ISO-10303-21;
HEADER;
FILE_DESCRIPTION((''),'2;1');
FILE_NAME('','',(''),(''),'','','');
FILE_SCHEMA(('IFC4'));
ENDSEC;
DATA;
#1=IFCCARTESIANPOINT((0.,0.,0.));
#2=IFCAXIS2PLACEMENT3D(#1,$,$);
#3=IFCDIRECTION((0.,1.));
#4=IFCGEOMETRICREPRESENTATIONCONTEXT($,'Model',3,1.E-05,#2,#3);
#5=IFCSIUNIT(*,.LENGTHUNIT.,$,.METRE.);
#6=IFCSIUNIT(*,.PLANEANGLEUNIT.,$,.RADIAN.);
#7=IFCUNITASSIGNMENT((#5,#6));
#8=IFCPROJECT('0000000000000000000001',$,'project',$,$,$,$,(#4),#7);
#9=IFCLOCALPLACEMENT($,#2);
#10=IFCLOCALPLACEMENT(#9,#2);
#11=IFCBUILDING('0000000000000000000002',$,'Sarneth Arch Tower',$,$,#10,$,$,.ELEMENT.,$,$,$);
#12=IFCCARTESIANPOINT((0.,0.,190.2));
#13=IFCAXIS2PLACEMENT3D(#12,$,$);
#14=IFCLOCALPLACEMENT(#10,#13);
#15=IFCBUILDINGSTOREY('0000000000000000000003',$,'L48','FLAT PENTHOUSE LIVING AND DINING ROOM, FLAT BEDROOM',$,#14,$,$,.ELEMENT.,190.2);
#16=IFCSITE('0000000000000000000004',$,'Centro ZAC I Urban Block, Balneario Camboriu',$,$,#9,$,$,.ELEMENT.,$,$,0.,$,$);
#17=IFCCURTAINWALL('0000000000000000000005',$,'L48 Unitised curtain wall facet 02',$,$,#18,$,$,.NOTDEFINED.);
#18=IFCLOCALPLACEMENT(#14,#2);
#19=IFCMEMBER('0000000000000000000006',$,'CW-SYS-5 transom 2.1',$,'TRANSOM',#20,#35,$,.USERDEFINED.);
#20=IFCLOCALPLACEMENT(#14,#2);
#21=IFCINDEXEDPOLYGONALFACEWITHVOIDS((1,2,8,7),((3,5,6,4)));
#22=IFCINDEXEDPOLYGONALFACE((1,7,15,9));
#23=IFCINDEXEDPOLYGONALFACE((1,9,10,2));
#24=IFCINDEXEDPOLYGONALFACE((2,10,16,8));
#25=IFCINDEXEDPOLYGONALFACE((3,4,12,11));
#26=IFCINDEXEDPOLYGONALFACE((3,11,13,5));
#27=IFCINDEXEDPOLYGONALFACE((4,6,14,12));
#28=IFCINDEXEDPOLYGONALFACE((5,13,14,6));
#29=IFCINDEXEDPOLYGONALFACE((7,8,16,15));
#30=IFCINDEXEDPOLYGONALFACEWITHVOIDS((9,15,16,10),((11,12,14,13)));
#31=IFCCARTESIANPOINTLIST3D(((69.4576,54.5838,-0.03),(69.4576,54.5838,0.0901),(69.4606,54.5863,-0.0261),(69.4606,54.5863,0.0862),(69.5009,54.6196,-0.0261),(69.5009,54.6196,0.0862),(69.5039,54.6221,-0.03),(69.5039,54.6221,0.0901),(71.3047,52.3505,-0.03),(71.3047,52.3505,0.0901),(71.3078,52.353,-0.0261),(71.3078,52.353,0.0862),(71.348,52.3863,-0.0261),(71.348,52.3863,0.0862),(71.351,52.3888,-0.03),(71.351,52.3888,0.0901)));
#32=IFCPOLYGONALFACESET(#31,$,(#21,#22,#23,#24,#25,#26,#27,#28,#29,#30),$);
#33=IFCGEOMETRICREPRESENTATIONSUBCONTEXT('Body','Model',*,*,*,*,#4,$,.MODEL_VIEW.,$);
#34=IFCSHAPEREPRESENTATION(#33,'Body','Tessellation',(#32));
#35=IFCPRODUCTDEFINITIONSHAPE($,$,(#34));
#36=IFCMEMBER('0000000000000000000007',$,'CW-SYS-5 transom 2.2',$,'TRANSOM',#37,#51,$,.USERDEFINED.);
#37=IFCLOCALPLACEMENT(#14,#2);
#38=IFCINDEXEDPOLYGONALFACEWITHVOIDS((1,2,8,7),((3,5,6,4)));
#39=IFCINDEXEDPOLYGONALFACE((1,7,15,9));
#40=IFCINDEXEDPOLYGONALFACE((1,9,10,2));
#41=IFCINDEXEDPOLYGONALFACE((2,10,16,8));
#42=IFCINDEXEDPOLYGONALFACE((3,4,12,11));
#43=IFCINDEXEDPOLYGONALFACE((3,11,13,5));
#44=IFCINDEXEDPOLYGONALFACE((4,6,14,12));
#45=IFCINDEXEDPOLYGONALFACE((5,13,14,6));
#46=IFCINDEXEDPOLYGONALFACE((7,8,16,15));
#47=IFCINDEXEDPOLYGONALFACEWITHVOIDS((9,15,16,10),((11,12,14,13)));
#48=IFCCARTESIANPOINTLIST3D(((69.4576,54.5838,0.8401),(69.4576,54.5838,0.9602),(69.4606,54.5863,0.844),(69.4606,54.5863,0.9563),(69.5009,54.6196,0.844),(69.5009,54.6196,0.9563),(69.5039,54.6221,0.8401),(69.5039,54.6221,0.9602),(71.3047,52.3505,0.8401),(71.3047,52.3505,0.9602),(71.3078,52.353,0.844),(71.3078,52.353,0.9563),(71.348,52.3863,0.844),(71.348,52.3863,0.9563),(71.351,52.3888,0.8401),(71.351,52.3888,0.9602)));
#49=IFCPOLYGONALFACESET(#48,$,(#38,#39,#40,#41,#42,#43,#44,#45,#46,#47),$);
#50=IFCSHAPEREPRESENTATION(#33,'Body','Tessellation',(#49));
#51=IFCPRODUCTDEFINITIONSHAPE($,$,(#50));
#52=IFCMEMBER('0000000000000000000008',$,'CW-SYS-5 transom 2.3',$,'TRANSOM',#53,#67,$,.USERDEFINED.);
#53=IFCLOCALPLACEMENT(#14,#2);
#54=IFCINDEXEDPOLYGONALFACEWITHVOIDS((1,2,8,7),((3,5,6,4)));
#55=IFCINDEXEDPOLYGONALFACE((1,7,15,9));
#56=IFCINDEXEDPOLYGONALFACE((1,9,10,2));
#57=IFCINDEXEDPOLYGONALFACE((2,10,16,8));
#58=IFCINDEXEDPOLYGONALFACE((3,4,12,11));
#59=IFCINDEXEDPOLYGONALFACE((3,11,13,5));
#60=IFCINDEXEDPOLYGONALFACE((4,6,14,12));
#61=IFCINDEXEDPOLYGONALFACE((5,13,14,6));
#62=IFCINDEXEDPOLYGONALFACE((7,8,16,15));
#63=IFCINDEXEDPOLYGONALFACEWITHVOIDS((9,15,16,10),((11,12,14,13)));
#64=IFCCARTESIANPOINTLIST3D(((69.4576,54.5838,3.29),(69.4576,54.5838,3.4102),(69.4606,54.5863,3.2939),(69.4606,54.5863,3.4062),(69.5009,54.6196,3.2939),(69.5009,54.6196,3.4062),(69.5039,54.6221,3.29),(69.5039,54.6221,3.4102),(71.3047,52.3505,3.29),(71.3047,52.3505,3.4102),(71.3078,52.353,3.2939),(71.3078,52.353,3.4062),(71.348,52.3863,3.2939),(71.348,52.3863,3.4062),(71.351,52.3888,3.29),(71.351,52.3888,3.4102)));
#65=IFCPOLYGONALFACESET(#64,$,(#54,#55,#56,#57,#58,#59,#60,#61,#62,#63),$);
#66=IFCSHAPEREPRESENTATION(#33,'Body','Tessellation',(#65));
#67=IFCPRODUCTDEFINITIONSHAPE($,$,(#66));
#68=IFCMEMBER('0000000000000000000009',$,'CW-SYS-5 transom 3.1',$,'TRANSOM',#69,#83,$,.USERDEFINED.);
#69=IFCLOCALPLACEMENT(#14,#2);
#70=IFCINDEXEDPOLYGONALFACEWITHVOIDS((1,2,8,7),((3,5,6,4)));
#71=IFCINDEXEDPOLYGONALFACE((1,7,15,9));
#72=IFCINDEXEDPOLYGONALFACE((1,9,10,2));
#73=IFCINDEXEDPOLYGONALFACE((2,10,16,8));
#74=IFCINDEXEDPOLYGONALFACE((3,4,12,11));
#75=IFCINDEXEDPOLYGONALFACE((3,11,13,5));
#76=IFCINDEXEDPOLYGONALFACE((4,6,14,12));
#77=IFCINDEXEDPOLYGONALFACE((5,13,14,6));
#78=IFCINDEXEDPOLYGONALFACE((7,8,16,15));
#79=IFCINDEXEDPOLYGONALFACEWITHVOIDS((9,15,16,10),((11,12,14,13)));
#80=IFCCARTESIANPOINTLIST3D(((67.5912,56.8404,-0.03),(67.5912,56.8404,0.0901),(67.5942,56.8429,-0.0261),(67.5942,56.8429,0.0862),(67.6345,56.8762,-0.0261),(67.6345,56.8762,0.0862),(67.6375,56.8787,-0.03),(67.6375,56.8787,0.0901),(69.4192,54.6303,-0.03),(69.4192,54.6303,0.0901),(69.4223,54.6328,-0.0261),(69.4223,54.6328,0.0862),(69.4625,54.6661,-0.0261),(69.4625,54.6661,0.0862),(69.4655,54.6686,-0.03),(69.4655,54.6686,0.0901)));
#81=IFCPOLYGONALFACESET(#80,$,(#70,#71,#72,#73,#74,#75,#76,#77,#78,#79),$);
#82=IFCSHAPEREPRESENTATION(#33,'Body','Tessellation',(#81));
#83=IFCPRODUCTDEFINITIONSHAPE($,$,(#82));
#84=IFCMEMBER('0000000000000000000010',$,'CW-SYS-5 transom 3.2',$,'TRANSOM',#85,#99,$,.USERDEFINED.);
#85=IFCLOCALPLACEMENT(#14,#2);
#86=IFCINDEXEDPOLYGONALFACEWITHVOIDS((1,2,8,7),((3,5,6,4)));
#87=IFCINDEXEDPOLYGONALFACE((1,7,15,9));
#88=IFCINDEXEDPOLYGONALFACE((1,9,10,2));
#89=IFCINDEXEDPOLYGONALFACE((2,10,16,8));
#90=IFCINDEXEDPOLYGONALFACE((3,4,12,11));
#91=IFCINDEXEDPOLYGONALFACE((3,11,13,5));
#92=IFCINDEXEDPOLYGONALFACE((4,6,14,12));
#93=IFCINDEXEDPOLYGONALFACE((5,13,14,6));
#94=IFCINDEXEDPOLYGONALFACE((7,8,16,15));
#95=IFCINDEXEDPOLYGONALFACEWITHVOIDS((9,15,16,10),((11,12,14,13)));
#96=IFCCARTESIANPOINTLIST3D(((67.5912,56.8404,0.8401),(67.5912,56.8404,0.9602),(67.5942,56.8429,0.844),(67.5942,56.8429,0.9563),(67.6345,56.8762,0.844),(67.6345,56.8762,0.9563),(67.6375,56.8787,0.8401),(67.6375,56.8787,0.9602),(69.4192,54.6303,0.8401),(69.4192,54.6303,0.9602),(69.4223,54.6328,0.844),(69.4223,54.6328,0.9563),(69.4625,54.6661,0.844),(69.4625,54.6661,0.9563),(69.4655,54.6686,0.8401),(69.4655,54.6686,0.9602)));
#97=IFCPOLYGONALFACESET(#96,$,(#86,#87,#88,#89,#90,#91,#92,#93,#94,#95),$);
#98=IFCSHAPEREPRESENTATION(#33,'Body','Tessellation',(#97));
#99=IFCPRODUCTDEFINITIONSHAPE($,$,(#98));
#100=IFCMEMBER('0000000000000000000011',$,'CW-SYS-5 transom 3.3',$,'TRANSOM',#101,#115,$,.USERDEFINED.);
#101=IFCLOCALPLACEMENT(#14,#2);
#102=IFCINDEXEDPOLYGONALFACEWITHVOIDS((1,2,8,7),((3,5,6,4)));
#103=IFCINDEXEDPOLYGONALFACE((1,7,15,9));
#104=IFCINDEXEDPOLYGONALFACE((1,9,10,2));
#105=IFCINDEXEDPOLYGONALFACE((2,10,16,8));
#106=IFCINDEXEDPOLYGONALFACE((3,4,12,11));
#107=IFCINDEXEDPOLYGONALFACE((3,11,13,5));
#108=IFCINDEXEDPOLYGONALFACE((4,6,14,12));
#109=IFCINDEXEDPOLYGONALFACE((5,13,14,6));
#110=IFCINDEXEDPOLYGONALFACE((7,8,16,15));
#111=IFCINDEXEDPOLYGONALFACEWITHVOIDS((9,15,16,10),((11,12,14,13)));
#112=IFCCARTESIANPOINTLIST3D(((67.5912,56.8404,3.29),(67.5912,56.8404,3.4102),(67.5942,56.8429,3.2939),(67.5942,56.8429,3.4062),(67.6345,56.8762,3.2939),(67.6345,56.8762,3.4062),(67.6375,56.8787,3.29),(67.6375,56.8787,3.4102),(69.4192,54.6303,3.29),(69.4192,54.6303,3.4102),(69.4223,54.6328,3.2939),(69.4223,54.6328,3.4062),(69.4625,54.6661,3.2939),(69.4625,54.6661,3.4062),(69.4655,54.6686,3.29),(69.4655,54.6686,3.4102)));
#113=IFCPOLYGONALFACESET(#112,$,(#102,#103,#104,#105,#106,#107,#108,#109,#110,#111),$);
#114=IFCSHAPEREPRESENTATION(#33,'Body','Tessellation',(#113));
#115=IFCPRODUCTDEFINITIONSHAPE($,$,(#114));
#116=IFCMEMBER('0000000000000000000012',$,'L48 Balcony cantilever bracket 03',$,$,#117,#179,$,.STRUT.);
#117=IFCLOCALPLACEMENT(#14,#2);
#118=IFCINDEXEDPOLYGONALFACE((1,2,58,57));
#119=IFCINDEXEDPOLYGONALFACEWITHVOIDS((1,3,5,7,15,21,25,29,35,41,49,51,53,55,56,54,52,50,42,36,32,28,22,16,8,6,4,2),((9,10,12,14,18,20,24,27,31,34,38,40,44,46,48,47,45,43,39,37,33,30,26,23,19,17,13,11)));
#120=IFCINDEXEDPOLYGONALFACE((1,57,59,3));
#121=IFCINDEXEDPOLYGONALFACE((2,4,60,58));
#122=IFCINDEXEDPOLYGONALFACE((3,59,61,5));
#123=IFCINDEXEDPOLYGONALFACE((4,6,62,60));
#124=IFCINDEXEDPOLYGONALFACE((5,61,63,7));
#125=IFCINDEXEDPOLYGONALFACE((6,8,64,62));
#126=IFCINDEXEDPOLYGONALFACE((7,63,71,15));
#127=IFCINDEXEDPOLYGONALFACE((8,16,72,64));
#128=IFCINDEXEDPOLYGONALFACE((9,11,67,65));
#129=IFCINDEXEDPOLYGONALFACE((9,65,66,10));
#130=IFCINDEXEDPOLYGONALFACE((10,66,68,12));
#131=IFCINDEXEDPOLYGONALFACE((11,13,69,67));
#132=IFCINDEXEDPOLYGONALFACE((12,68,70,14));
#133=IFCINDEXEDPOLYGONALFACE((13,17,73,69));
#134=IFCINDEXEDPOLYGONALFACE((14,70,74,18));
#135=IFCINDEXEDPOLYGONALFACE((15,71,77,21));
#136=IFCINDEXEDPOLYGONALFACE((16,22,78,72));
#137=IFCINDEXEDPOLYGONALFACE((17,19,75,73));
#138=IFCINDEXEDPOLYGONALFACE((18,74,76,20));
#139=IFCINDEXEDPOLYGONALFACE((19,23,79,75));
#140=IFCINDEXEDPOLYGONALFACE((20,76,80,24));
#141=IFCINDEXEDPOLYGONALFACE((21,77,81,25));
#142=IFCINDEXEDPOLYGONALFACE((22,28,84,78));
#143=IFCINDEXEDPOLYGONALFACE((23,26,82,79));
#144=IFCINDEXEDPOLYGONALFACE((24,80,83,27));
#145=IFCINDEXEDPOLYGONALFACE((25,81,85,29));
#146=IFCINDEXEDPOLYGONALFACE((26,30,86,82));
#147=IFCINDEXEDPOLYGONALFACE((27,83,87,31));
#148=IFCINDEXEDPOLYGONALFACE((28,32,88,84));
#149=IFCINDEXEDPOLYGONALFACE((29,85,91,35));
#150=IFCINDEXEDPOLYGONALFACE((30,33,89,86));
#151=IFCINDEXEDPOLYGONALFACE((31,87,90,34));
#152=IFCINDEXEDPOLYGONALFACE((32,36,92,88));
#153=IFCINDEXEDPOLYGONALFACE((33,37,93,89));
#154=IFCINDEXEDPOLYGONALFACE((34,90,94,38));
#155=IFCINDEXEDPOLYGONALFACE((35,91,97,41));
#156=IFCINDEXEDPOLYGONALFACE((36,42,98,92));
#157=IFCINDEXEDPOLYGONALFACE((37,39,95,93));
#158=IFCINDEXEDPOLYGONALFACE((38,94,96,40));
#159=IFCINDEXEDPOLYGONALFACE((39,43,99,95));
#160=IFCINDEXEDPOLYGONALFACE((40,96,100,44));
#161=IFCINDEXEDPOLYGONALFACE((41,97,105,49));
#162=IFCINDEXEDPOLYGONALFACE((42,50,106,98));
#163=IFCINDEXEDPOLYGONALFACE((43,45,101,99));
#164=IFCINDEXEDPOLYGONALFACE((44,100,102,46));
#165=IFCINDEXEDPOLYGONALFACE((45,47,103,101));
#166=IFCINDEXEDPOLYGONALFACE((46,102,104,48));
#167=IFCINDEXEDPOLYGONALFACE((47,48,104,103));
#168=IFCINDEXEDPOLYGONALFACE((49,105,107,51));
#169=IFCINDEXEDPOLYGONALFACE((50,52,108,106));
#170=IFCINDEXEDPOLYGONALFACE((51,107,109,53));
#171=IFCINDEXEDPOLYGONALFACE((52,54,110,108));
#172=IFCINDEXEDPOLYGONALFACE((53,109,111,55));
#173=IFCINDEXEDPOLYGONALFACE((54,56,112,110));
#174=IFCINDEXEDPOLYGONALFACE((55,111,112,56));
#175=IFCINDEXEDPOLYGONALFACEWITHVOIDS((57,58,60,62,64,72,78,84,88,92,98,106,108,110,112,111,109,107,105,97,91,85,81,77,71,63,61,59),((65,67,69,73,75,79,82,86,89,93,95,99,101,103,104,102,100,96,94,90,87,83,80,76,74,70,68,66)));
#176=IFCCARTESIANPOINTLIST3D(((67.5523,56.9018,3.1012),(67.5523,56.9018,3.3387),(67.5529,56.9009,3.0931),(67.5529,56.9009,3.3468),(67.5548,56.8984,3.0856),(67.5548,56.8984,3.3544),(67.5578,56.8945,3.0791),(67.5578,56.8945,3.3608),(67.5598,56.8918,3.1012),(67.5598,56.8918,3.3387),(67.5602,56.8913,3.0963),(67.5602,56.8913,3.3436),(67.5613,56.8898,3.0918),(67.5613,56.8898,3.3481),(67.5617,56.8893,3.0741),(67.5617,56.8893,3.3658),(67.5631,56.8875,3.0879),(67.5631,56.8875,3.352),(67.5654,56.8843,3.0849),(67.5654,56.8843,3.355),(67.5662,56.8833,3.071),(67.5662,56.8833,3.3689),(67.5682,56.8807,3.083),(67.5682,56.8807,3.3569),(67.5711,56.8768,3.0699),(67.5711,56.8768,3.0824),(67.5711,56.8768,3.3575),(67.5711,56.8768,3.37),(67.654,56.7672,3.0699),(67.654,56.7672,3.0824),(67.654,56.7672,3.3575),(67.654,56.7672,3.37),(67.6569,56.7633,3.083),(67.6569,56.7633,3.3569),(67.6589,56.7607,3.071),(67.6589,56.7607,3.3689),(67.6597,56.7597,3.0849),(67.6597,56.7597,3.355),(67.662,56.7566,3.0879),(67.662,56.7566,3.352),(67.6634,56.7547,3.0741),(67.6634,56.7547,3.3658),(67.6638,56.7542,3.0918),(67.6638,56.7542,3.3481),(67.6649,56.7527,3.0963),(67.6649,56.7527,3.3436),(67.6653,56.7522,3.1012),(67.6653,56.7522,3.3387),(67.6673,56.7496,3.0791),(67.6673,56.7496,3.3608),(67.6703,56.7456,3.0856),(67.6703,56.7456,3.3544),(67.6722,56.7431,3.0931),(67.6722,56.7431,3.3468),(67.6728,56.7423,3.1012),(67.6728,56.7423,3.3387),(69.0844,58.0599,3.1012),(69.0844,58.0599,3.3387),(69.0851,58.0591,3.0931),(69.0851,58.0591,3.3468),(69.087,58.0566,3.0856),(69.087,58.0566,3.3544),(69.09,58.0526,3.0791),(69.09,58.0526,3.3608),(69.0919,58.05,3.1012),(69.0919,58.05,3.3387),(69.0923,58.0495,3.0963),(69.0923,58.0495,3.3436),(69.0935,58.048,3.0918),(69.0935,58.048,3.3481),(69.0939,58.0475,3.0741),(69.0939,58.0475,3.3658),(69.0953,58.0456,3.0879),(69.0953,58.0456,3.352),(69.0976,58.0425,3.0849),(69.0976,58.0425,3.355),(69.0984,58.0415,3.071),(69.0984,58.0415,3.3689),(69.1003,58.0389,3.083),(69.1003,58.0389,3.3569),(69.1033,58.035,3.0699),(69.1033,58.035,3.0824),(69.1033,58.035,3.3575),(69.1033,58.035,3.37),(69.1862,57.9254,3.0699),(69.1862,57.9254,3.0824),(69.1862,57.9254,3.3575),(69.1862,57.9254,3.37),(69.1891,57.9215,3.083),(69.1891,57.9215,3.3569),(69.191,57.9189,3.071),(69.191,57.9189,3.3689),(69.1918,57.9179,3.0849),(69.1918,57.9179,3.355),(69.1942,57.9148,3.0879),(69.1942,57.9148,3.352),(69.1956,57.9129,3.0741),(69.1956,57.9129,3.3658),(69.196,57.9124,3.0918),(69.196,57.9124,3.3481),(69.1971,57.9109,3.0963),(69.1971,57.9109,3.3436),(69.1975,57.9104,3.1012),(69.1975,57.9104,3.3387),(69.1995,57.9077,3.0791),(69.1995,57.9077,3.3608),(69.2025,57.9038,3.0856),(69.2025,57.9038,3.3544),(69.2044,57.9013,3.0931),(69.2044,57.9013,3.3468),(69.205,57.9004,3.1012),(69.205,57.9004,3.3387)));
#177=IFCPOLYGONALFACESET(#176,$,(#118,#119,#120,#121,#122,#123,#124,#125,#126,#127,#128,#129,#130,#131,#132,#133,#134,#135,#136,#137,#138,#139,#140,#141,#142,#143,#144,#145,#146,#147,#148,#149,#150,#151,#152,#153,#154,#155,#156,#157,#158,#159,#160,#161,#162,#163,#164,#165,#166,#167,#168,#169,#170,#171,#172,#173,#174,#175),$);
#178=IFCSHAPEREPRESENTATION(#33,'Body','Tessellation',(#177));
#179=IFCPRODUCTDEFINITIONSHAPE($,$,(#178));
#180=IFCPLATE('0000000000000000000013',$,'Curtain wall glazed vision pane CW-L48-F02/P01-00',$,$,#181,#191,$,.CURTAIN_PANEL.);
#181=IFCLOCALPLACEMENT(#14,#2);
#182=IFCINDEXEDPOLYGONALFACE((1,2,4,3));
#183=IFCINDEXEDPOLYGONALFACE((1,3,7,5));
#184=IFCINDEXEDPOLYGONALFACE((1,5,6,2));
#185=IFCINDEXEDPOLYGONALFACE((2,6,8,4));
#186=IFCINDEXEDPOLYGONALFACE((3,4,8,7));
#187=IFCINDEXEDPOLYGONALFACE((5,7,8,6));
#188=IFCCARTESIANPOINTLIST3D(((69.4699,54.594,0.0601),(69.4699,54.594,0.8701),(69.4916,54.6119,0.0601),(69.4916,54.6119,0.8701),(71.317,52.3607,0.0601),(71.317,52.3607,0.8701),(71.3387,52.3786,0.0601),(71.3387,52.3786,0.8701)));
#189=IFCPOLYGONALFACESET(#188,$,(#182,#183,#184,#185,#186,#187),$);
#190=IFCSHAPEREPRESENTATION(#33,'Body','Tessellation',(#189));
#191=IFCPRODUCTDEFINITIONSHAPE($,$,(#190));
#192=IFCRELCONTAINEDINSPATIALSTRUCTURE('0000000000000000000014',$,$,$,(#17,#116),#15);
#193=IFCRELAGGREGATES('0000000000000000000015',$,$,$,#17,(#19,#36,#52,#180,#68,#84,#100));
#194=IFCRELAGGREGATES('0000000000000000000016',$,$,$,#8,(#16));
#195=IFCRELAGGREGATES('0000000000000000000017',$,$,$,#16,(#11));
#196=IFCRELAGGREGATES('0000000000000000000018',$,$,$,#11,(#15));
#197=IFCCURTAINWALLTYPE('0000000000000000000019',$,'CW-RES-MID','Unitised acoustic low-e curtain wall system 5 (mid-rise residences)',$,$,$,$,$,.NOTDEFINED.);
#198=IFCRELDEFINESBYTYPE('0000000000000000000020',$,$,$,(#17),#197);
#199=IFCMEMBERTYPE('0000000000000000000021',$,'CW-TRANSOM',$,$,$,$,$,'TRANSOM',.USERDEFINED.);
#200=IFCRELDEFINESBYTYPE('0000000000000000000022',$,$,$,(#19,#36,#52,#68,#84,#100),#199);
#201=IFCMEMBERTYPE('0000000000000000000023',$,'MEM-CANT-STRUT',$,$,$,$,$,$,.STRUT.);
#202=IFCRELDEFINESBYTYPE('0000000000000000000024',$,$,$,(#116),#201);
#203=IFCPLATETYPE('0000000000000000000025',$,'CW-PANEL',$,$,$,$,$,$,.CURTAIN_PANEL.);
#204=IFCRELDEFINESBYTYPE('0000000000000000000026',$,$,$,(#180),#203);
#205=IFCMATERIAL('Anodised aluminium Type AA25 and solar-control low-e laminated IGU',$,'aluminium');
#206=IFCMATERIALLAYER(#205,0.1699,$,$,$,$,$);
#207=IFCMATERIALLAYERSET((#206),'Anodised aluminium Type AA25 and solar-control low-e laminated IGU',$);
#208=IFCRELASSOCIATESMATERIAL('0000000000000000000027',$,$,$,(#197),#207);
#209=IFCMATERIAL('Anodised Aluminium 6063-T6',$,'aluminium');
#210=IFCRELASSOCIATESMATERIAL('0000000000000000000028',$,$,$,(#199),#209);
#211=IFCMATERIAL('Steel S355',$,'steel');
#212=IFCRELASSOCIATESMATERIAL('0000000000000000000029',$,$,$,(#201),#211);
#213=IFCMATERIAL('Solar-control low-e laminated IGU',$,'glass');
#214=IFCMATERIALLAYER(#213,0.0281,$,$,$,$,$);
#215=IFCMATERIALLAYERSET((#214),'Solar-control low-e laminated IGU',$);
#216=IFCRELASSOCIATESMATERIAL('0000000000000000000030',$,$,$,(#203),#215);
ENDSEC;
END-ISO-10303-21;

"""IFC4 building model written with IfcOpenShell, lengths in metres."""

from ifc_helpers import new_model, si_unit, direction, frame, origin, origin_2d, place, context, subcontext, project, spatial, rectangle, hollow_rectangle, extrude, material, layer, layer_set, material_profile, profile_set, type_object, element, aggregate, save


model = new_model("IFC4")

# Units and contexts
model_context = context("Model", 3, precision=1e-05, world=origin(), true_north=direction((0.0, 1.0)))
body_context = subcontext(model_context, "Body", "Model", "MODEL_VIEW")
ifc_project = project(units=[si_unit("LENGTHUNIT", "METRE"), si_unit("PLANEANGLEUNIT", "RADIAN")], contexts=[model_context])

# Site, building, storey
site_placement = place(None, origin())
site = spatial("IfcSite", under=ifc_project, at=site_placement, Name="Centro ZAC I Urban Block, Balneario Camboriu", CompositionType="ELEMENT", RefElevation=0.0)
building_placement = place(site_placement, origin())
building = spatial("IfcBuilding", under=site, at=building_placement, Name="Sarneth Arch Tower", CompositionType="ELEMENT")
storey_placement = place(building_placement, frame((0.0, 0.0, 190.2)))
storey = spatial("IfcBuildingStorey", under=building, at=storey_placement, Name="L48", Description="FLAT PENTHOUSE LIVING AND DINING ROOM, FLAT BEDROOM", CompositionType="ELEMENT", Elevation=190.2)

# Curtain wall, members
ifc_material_1 = material(Name="Anodised aluminium Type AA25 and solar-control low-e laminated IGU", Category="aluminium")
ifc_layer_1 = layer(ifc_material_1, 0.1699)
ifc_layer_set_1 = layer_set([ifc_layer_1], Name="Anodised aluminium Type AA25 and solar-control low-e laminated IGU")
curtain_wall_type = type_object("IfcCurtainWallType", Name="CW-RES-MID", Description="Unitised acoustic low-e curtain wall system 5 (mid-rise residences)", PredefinedType="NOTDEFINED", material=ifc_layer_set_1)
curtain_wall_placement = place(storey_placement, origin())
curtain_wall = element("IfcCurtainWall", 1, at=curtain_wall_placement, inside=storey, type_object=curtain_wall_type, Name="L48 Unitised curtain wall facet 02", PredefinedType="NOTDEFINED")
ifc_material_2 = material(Name="Anodised Aluminium 6063-T6", Category="aluminium")
ifc_material_profile_1 = material_profile(ifc_material_2, hollow_rectangle(XDim=0.0601, YDim=0.1201, WallThickness=0.0039, at=origin_2d()), Name="AL-TRAN-120x60x4")
ifc_profile_set_1 = profile_set([ifc_material_profile_1], Name="Anodised Aluminium 6063-T6")
member_type_1 = type_object("IfcMemberType", Name="CW-TRANSOM", ElementType="TRANSOM", PredefinedType="USERDEFINED", material=ifc_profile_set_1)
member_1_placement = place(storey_placement, frame((71.3279, 52.3696, 0.03), z_axis=(-0.63733, 0.770591, 0.0), x_axis=(-0.770591, -0.63733, 0.0)))
member_1 = element("IfcMember", 2, at=member_1_placement, type_object=member_type_1, Name="CW-SYS-5 transom 2.1", ObjectType="TRANSOM", PredefinedType="USERDEFINED", context=body_context, shape_type="SweptSolid", body=[
    extrude(hollow_rectangle(XDim=0.0601, YDim=0.1201, WallThickness=0.0039, at=origin_2d()), origin(), (0.0, 0.0, 1.0), 2.8982),
])
member_2_placement = place(storey_placement, frame((71.3279, 52.3696, 0.9001), z_axis=(-0.63733, 0.770591, 0.0), x_axis=(-0.770591, -0.63733, 0.0)))
member_2 = element("IfcMember", 3, at=member_2_placement, type_object=member_type_1, Name="CW-SYS-5 transom 2.2", ObjectType="TRANSOM", PredefinedType="USERDEFINED", context=body_context, shape_type="SweptSolid", body=[
    extrude(hollow_rectangle(XDim=0.0601, YDim=0.1201, WallThickness=0.0039, at=origin_2d()), origin(), (0.0, 0.0, 1.0), 2.8982),
])
member_3_placement = place(storey_placement, frame((71.3279, 52.3696, 3.3501), z_axis=(-0.63733, 0.770591, 0.0), x_axis=(-0.770591, -0.63733, 0.0)))
member_3 = element("IfcMember", 4, at=member_3_placement, type_object=member_type_1, Name="CW-SYS-5 transom 2.3", ObjectType="TRANSOM", PredefinedType="USERDEFINED", context=body_context, shape_type="SweptSolid", body=[
    extrude(hollow_rectangle(XDim=0.0601, YDim=0.1201, WallThickness=0.0039, at=origin_2d()), origin(), (0.0, 0.0, 1.0), 2.8982),
])
member_4_placement = place(storey_placement, frame((69.4424, 54.6494, 0.03), z_axis=(-0.637359, 0.770567, 0.0), x_axis=(-0.770567, -0.637359, 0.0)))
member_4 = element("IfcMember", 5, at=member_4_placement, type_object=member_type_1, Name="CW-SYS-5 transom 3.1", ObjectType="TRANSOM", PredefinedType="USERDEFINED", context=body_context, shape_type="SweptSolid", body=[
    extrude(hollow_rectangle(XDim=0.0601, YDim=0.1201, WallThickness=0.0039, at=origin_2d()), origin(), (0.0, 0.0, 1.0), 2.8682),
])
member_5_placement = place(storey_placement, frame((69.4424, 54.6494, 0.9001), z_axis=(-0.637359, 0.770567, 0.0), x_axis=(-0.770567, -0.637359, 0.0)))
member_5 = element("IfcMember", 6, at=member_5_placement, type_object=member_type_1, Name="CW-SYS-5 transom 3.2", ObjectType="TRANSOM", PredefinedType="USERDEFINED", context=body_context, shape_type="SweptSolid", body=[
    extrude(hollow_rectangle(XDim=0.0601, YDim=0.1201, WallThickness=0.0039, at=origin_2d()), origin(), (0.0, 0.0, 1.0), 2.8682),
])
member_6_placement = place(storey_placement, frame((69.4424, 54.6494, 3.3501), z_axis=(-0.637359, 0.770567, 0.0), x_axis=(-0.770567, -0.637359, 0.0)))
member_6 = element("IfcMember", 7, at=member_6_placement, type_object=member_type_1, Name="CW-SYS-5 transom 3.3", ObjectType="TRANSOM", PredefinedType="USERDEFINED", context=body_context, shape_type="SweptSolid", body=[
    extrude(hollow_rectangle(XDim=0.0601, YDim=0.1201, WallThickness=0.0039, at=origin_2d()), origin(), (0.0, 0.0, 1.0), 2.8682),
])

# Member
ifc_material_3 = material(Name="Steel S355", Category="steel")
ifc_material_profile_2 = material_profile(ifc_material_3, hollow_rectangle(XDim=0.2, YDim=0.3, WallThickness=0.0125, InnerFilletRadius=0.0188, OuterFilletRadius=0.0312, at=origin_2d()), Name="RHS300x200x12.5")
ifc_profile_set_2 = profile_set([ifc_material_profile_2], Name="Steel S355")
member_type_2 = type_object("IfcMemberType", Name="MEM-CANT-STRUT", PredefinedType="STRUT", material=ifc_profile_set_2)
member_7_placement = place(storey_placement, frame((67.6125, 56.822, 3.22), z_axis=(0.797737, 0.603006, 0.0), x_axis=(-0.603006, 0.797737, 0.0)))
element("IfcMember", 8, at=member_7_placement, inside=storey, type_object=member_type_2, Name="L48 Balcony cantilever bracket 03", PredefinedType="STRUT", context=body_context, shape_type="SweptSolid", body=[
    extrude(hollow_rectangle(XDim=0.2, YDim=0.3, WallThickness=0.0125, InnerFilletRadius=0.0188, OuterFilletRadius=0.0312, at=origin_2d()), origin(), (0.0, 0.0, 1.0), 1.9207),
])

# Plate
ifc_material_4 = material(Name="Solar-control low-e laminated IGU", Category="glass")
ifc_layer_2 = layer(ifc_material_4, 0.0281)
ifc_layer_set_2 = layer_set([ifc_layer_2], Name="Solar-control low-e laminated IGU")
plate_type_1 = type_object("IfcPlateType", Name="CW-PANEL", PredefinedType="CURTAIN_PANEL", material=ifc_layer_set_2)
plate_1_placement = place(storey_placement, frame((70.4043, 53.4863, 0.0601), z_axis=(0.0, 0.0, 1.0), x_axis=(-0.63733, 0.770591, 0.0)))
plate_1 = element("IfcPlate", 9, at=plate_1_placement, type_object=plate_type_1, Name="Curtain wall glazed vision pane CW-L48-F02/P01-00", PredefinedType="CURTAIN_PANEL", context=body_context, shape_type="SweptSolid", body=[
    extrude(rectangle(XDim=2.8982, YDim=0.0281, at=origin_2d()), origin(), (0.0, 0.0, 1.0), 0.8101),
])
aggregate(curtain_wall, [member_1, member_2, member_3, plate_1, member_4, member_5, member_6])

save(model, "model.ifc")
